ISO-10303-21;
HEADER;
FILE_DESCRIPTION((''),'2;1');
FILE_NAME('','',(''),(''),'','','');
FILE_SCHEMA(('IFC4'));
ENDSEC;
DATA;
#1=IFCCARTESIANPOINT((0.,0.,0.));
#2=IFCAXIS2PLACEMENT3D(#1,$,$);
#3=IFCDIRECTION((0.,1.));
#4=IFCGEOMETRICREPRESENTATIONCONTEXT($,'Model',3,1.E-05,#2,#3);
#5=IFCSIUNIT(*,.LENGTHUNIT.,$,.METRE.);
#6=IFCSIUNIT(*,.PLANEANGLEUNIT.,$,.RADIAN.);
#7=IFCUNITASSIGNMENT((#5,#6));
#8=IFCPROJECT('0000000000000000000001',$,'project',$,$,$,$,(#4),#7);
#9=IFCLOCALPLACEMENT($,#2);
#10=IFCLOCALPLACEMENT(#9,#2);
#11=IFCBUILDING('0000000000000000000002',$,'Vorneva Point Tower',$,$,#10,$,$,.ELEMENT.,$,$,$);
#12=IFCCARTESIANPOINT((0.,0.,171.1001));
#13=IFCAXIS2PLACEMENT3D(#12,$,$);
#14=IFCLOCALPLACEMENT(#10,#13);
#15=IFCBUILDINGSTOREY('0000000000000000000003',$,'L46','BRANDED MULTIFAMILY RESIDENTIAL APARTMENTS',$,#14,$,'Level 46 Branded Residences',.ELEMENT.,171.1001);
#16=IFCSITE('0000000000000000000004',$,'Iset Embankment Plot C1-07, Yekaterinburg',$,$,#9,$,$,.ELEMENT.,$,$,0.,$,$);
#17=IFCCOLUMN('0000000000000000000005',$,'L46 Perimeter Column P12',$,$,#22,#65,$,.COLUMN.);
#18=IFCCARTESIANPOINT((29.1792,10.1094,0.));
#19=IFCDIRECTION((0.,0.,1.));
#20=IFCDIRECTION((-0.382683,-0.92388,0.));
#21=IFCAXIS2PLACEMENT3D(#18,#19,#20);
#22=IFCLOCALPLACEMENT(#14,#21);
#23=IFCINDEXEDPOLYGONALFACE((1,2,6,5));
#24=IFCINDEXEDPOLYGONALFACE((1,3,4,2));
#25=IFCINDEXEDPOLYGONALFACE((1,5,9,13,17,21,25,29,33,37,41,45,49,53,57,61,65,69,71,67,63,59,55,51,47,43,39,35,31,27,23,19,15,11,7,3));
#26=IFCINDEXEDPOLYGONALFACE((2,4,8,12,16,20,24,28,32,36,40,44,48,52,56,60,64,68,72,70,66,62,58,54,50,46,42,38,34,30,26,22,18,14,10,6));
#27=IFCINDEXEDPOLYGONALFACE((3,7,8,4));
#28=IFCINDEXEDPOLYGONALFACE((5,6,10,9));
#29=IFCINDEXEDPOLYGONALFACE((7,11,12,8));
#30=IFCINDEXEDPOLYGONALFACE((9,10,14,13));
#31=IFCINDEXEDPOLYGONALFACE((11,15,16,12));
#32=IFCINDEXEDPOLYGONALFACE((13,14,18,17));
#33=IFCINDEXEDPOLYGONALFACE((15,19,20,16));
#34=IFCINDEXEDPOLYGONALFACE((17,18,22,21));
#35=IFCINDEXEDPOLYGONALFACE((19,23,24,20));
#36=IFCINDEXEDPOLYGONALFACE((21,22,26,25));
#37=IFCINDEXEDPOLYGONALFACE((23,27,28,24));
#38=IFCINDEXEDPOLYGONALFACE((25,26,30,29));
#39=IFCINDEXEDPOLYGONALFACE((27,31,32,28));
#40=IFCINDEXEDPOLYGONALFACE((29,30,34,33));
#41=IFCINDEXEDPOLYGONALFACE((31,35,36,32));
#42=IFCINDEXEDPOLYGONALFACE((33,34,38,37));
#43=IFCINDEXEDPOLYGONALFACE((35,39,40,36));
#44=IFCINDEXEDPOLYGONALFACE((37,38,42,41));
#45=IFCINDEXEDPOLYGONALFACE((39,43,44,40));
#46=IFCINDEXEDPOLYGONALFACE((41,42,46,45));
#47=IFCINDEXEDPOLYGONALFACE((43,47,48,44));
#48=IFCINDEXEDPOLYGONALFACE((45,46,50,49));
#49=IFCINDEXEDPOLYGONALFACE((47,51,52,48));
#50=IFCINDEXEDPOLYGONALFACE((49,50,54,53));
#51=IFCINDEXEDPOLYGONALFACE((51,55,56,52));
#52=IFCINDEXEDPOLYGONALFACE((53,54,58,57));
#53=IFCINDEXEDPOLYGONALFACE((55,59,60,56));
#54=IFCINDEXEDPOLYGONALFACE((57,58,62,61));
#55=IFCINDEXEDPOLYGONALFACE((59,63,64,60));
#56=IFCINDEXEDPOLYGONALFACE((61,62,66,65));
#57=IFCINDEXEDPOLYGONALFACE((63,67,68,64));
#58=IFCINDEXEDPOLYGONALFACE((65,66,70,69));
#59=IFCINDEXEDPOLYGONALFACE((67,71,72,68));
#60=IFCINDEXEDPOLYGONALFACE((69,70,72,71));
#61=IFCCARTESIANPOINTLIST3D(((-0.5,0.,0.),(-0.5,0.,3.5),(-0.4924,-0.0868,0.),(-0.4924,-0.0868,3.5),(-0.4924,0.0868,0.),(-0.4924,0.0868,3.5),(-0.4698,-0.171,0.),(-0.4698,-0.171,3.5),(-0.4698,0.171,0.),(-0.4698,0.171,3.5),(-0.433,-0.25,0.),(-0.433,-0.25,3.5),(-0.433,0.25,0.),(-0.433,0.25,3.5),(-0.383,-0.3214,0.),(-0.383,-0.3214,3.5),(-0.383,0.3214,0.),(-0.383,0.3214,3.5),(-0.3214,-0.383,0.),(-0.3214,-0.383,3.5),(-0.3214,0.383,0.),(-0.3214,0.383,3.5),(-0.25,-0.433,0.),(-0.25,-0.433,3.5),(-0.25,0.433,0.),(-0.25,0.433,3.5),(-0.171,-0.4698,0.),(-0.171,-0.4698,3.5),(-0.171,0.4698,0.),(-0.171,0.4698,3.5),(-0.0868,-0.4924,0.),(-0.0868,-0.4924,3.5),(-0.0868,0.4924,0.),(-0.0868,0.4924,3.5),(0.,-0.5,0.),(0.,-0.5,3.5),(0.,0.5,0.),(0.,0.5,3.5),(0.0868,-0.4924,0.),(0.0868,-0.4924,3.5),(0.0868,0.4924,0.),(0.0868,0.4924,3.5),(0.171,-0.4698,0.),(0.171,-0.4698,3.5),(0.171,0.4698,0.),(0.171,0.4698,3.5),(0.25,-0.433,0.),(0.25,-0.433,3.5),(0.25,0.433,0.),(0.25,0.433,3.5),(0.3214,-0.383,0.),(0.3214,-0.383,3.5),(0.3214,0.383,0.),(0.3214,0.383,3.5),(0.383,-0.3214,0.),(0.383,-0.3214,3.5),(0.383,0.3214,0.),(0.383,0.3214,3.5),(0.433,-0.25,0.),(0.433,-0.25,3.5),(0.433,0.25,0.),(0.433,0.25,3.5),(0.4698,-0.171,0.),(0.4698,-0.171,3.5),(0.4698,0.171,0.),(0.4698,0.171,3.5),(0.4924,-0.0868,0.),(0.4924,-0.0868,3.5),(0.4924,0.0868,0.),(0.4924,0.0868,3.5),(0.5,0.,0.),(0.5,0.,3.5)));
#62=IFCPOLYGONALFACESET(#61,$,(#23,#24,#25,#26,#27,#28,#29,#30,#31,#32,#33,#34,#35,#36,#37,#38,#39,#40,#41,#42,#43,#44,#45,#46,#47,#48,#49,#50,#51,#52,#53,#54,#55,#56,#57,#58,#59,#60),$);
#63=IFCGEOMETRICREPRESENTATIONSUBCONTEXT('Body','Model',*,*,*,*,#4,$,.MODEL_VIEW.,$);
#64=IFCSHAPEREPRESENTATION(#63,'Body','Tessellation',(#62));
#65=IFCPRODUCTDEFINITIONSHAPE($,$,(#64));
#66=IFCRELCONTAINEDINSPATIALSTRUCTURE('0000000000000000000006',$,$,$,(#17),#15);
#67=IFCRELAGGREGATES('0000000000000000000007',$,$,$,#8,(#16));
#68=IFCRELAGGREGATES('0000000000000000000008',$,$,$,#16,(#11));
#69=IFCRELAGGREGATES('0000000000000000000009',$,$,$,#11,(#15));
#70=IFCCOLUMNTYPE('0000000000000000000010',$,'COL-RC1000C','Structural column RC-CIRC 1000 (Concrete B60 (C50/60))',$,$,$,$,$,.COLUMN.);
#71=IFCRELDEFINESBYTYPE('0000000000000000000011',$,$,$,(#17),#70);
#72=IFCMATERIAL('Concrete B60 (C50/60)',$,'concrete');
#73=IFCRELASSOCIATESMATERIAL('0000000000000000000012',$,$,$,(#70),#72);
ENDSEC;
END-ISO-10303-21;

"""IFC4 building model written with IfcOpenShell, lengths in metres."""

from ifc_helpers import new_model, si_unit, direction, frame, origin, origin_2d, place, context, subcontext, project, spatial, circle, extrude, material, material_profile, profile_set, type_object, element, save


model = new_model("IFC4")

# Units and contexts
model_context = context("Model", 3, precision=1e-05, world=origin(), true_north=direction((0.0, 1.0)))
body_context = subcontext(model_context, "Body", "Model", "MODEL_VIEW")
ifc_project = project(units=[si_unit("LENGTHUNIT", "METRE"), si_unit("PLANEANGLEUNIT", "RADIAN")], contexts=[model_context])

# Site, building, storey
site_placement = place(None, origin())
site = spatial("IfcSite", under=ifc_project, at=site_placement, Name="Iset Embankment Plot C1-07, Yekaterinburg", CompositionType="ELEMENT", RefElevation=0.0)
building_placement = place(site_placement, origin())
building = spatial("IfcBuilding", under=site, at=building_placement, Name="Vorneva Point Tower", CompositionType="ELEMENT")
storey_placement = place(building_placement, frame((0.0, 0.0, 171.1001)))
storey = spatial("IfcBuildingStorey", under=building, at=storey_placement, Name="L46", Description="BRANDED MULTIFAMILY RESIDENTIAL APARTMENTS", LongName="Level 46 Branded Residences", CompositionType="ELEMENT", Elevation=171.1001)

# Column
ifc_material_1 = material(Name="Concrete B60 (C50/60)", Category="concrete")
ifc_material_profile_1 = material_profile(ifc_material_1, circle(Radius=0.5, at=origin_2d()), Name="RC-CIRC 1000")
ifc_profile_set_1 = profile_set([ifc_material_profile_1], Name="Concrete B60 (C50/60)")
column_type = type_object("IfcColumnType", Name="COL-RC1000C", Description="Structural column RC-CIRC 1000 (Concrete B60 (C50/60))", PredefinedType="COLUMN", material=ifc_profile_set_1)
column_placement = place(storey_placement, frame((29.1792, 10.1094, 0.0), z_axis=(0.0, 0.0, 1.0), x_axis=(-0.382683, -0.92388, 0.0)))
element("IfcColumn", 1, at=column_placement, inside=storey, type_object=column_type, Name="L46 Perimeter Column P12", PredefinedType="COLUMN", context=body_context, shape_type="SweptSolid", body=[
    extrude(circle(Radius=0.5, at=origin_2d()), origin(), (0.0, 0.0, 1.0), 3.5),
])

save(model, "model.ifc")
